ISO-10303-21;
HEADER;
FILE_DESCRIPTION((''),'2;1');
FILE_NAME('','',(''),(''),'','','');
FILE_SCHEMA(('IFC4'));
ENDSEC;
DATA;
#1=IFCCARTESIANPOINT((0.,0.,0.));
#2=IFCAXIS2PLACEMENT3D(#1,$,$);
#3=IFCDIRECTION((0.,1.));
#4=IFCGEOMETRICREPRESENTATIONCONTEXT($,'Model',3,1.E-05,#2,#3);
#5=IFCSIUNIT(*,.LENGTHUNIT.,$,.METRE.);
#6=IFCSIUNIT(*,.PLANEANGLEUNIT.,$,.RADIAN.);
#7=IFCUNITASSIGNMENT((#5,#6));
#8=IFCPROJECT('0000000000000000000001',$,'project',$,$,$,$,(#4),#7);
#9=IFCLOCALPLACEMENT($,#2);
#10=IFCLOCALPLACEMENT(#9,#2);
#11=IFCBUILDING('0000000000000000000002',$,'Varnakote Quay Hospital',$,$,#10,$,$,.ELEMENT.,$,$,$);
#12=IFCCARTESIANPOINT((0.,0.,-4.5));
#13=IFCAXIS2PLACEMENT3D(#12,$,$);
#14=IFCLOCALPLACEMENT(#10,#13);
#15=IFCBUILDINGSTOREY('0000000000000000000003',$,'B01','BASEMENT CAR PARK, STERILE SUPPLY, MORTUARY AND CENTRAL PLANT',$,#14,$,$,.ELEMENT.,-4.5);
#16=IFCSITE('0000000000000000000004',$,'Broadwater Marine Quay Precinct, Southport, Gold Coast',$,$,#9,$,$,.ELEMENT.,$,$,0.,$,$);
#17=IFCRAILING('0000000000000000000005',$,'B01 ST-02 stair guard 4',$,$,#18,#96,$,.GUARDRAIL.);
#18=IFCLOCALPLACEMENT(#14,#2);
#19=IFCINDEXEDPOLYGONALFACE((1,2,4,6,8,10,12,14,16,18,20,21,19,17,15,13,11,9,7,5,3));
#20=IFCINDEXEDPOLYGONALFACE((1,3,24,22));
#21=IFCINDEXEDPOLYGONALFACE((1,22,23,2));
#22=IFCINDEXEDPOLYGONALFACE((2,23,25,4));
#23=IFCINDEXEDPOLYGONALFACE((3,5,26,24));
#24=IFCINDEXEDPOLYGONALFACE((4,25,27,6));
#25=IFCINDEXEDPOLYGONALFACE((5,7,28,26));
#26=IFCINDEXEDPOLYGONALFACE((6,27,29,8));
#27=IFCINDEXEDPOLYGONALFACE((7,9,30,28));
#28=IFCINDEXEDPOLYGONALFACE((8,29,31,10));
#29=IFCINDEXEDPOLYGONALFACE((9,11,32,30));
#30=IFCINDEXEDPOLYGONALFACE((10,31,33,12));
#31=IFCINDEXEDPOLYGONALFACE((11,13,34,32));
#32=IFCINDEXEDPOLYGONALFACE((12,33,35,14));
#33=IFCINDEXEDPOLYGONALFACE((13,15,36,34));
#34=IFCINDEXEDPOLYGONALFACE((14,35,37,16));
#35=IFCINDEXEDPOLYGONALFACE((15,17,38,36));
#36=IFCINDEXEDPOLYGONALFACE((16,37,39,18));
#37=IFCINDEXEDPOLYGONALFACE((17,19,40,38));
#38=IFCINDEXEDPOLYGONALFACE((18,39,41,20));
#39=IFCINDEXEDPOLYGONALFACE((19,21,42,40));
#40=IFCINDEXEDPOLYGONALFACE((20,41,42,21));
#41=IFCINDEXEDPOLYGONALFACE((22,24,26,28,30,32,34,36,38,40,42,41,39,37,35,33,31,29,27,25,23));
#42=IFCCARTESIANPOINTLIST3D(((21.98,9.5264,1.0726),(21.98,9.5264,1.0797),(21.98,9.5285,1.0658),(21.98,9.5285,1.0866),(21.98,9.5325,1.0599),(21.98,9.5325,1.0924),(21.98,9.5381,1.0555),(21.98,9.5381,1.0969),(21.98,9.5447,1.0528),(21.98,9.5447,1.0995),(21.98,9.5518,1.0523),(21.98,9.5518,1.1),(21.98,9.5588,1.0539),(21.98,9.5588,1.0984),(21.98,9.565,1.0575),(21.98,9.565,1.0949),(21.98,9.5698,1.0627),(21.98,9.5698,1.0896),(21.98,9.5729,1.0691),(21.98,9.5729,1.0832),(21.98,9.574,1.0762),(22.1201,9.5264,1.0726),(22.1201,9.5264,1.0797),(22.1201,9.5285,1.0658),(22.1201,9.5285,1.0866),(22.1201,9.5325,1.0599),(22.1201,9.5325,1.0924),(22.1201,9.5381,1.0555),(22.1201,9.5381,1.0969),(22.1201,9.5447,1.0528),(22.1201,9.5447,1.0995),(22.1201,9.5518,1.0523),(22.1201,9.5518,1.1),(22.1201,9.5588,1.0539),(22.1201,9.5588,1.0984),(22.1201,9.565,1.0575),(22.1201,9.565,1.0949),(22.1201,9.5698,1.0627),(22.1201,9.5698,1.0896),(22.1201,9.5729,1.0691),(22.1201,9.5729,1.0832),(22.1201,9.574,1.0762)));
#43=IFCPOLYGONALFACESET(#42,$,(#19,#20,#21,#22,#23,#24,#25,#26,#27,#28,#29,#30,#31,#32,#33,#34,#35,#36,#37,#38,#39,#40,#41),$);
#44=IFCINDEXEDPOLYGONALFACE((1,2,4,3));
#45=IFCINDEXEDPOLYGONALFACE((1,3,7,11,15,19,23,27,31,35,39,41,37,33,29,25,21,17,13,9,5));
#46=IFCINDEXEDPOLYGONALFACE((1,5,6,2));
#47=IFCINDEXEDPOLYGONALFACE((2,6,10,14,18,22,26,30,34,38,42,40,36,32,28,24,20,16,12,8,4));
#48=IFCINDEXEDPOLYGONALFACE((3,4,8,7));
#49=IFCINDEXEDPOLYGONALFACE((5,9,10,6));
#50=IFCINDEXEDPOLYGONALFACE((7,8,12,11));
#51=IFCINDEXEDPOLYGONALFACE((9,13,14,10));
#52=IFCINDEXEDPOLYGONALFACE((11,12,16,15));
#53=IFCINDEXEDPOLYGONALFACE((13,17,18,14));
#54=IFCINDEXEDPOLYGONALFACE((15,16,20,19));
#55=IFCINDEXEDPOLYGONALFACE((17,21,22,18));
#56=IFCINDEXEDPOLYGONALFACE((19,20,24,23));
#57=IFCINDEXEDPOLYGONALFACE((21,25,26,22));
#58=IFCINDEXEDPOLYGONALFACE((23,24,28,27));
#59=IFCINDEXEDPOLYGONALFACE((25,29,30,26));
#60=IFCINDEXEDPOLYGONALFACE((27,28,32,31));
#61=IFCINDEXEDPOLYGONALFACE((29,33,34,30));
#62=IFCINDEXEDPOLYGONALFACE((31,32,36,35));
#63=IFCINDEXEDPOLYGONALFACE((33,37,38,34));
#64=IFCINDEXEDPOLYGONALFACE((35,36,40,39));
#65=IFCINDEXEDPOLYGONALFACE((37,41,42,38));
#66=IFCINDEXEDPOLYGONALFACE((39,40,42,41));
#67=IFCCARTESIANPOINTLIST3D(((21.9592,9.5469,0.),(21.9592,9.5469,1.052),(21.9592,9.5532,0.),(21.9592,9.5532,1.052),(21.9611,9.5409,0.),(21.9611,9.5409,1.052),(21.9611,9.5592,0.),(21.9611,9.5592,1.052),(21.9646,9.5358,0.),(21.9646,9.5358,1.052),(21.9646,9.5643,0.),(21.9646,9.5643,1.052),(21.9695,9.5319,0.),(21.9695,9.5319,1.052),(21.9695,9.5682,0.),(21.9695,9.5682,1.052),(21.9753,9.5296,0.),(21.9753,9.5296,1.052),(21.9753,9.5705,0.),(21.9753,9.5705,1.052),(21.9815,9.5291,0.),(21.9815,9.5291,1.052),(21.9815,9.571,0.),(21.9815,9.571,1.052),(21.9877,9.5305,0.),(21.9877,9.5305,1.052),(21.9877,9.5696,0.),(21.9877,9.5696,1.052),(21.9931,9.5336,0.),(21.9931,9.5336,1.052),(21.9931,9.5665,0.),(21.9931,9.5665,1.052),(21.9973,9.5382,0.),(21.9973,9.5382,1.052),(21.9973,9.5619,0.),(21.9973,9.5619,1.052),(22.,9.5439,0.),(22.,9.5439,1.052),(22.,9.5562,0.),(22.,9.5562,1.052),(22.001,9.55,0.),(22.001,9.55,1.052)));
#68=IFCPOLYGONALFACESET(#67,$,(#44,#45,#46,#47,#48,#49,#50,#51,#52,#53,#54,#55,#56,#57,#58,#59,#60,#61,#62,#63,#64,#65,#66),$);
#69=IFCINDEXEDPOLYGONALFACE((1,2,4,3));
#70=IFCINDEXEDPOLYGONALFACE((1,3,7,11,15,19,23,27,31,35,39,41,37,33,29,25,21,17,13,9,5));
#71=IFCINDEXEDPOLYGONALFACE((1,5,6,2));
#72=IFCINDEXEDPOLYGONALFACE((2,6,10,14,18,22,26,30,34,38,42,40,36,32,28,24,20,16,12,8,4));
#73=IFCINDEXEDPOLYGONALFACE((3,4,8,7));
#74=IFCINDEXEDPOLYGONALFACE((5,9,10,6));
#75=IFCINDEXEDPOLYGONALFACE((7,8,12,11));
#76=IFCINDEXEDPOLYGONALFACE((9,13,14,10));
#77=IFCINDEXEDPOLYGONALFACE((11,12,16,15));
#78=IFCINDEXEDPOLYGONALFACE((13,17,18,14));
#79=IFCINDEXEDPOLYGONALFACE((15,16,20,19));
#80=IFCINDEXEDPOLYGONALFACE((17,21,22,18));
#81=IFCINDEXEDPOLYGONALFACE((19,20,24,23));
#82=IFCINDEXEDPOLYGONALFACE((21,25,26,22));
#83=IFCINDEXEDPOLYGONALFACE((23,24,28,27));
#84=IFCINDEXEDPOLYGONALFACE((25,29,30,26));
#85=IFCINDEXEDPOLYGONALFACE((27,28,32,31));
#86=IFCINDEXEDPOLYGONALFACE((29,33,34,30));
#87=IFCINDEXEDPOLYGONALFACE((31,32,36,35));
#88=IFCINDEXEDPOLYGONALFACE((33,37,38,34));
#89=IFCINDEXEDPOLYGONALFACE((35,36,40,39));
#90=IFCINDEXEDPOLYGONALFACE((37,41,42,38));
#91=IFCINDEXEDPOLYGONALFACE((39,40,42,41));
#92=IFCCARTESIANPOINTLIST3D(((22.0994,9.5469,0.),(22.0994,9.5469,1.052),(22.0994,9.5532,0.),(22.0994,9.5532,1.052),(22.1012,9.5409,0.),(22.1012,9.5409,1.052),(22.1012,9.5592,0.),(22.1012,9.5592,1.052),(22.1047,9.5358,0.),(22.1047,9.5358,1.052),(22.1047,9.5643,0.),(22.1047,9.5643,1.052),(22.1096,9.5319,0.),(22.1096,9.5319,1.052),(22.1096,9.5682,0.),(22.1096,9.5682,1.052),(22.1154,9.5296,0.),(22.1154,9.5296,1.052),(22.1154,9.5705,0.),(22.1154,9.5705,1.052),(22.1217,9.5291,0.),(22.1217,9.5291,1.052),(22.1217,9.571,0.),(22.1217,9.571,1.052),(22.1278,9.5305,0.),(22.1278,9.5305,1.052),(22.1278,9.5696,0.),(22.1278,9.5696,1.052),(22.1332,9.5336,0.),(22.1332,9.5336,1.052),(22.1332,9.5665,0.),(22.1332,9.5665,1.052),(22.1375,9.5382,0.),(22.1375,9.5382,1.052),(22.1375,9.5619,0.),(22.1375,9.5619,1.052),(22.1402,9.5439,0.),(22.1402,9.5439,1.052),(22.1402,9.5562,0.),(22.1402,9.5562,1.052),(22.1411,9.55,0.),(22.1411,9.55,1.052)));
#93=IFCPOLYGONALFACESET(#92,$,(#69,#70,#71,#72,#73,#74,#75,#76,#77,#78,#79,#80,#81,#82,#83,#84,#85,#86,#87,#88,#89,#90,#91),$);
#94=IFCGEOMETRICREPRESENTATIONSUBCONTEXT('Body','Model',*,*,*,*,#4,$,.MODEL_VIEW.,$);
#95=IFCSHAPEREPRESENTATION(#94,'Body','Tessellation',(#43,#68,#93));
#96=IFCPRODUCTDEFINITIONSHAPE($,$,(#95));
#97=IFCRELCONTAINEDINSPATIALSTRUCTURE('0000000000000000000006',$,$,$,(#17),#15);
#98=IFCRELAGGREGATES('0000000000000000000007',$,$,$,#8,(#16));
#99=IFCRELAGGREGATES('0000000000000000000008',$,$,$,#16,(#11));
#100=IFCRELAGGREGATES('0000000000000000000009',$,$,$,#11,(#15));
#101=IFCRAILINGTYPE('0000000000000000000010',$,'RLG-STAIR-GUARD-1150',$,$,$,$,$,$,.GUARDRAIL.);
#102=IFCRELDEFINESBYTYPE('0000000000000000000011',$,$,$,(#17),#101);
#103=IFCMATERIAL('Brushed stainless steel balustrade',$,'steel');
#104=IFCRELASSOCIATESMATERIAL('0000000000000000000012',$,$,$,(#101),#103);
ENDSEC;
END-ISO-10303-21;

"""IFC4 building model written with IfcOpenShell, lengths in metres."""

from ifc_helpers import new_model, si_unit, direction, frame, origin, origin_2d, place, context, subcontext, project, spatial, circle, extrude, material, type_object, element, save


model = new_model("IFC4")

# Units and contexts
model_context = context("Model", 3, precision=1e-05, world=origin(), true_north=direction((0.0, 1.0)))
body_context = subcontext(model_context, "Body", "Model", "MODEL_VIEW")
ifc_project = project(units=[si_unit("LENGTHUNIT", "METRE"), si_unit("PLANEANGLEUNIT", "RADIAN")], contexts=[model_context])

# Site, building, storey
site_placement = place(None, origin())
site = spatial("IfcSite", under=ifc_project, at=site_placement, Name="Broadwater Marine Quay Precinct, Southport, Gold Coast", CompositionType="ELEMENT", RefElevation=0.0)
building_placement = place(site_placement, origin())
building = spatial("IfcBuilding", under=site, at=building_placement, Name="Varnakote Quay Hospital", CompositionType="ELEMENT")
storey_placement = place(building_placement, frame((0.0, 0.0, -4.5)))
storey = spatial("IfcBuildingStorey", under=building, at=storey_placement, Name="B01", Description="BASEMENT CAR PARK, STERILE SUPPLY, MORTUARY AND CENTRAL PLANT", CompositionType="ELEMENT", Elevation=-4.5)

# Railing
ifc_material_1 = material(Name="Brushed stainless steel balustrade", Category="steel")
railing_type_1 = type_object("IfcRailingType", Name="RLG-STAIR-GUARD-1150", PredefinedType="GUARDRAIL", material=ifc_material_1)
railing_1_placement = place(storey_placement, frame((21.98, 9.55, 0.0)))
element("IfcRailing", 1, at=railing_1_placement, inside=storey, type_object=railing_type_1, Name="B01 ST-02 stair guard 4", PredefinedType="GUARDRAIL", context=body_context, shape_type="SweptSolid", body=[
    extrude(circle(Radius=0.0239, at=origin_2d()), frame((0.0, 0.0, 1.0762), z_axis=(1.0, 0.0, 0.0), x_axis=(0.0, 1.0, 0.0)), (0.0, 0.0, 1.0), 0.1401),
    extrude(circle(Radius=0.021, at=origin_2d()), origin(), (0.0, 0.0, 1.0), 1.052),
    extrude(circle(Radius=0.021, at=origin_2d()), frame((0.1401, 0.0, 0.0)), (0.0, 0.0, 1.0), 1.052),
])

save(model, "model.ifc")
